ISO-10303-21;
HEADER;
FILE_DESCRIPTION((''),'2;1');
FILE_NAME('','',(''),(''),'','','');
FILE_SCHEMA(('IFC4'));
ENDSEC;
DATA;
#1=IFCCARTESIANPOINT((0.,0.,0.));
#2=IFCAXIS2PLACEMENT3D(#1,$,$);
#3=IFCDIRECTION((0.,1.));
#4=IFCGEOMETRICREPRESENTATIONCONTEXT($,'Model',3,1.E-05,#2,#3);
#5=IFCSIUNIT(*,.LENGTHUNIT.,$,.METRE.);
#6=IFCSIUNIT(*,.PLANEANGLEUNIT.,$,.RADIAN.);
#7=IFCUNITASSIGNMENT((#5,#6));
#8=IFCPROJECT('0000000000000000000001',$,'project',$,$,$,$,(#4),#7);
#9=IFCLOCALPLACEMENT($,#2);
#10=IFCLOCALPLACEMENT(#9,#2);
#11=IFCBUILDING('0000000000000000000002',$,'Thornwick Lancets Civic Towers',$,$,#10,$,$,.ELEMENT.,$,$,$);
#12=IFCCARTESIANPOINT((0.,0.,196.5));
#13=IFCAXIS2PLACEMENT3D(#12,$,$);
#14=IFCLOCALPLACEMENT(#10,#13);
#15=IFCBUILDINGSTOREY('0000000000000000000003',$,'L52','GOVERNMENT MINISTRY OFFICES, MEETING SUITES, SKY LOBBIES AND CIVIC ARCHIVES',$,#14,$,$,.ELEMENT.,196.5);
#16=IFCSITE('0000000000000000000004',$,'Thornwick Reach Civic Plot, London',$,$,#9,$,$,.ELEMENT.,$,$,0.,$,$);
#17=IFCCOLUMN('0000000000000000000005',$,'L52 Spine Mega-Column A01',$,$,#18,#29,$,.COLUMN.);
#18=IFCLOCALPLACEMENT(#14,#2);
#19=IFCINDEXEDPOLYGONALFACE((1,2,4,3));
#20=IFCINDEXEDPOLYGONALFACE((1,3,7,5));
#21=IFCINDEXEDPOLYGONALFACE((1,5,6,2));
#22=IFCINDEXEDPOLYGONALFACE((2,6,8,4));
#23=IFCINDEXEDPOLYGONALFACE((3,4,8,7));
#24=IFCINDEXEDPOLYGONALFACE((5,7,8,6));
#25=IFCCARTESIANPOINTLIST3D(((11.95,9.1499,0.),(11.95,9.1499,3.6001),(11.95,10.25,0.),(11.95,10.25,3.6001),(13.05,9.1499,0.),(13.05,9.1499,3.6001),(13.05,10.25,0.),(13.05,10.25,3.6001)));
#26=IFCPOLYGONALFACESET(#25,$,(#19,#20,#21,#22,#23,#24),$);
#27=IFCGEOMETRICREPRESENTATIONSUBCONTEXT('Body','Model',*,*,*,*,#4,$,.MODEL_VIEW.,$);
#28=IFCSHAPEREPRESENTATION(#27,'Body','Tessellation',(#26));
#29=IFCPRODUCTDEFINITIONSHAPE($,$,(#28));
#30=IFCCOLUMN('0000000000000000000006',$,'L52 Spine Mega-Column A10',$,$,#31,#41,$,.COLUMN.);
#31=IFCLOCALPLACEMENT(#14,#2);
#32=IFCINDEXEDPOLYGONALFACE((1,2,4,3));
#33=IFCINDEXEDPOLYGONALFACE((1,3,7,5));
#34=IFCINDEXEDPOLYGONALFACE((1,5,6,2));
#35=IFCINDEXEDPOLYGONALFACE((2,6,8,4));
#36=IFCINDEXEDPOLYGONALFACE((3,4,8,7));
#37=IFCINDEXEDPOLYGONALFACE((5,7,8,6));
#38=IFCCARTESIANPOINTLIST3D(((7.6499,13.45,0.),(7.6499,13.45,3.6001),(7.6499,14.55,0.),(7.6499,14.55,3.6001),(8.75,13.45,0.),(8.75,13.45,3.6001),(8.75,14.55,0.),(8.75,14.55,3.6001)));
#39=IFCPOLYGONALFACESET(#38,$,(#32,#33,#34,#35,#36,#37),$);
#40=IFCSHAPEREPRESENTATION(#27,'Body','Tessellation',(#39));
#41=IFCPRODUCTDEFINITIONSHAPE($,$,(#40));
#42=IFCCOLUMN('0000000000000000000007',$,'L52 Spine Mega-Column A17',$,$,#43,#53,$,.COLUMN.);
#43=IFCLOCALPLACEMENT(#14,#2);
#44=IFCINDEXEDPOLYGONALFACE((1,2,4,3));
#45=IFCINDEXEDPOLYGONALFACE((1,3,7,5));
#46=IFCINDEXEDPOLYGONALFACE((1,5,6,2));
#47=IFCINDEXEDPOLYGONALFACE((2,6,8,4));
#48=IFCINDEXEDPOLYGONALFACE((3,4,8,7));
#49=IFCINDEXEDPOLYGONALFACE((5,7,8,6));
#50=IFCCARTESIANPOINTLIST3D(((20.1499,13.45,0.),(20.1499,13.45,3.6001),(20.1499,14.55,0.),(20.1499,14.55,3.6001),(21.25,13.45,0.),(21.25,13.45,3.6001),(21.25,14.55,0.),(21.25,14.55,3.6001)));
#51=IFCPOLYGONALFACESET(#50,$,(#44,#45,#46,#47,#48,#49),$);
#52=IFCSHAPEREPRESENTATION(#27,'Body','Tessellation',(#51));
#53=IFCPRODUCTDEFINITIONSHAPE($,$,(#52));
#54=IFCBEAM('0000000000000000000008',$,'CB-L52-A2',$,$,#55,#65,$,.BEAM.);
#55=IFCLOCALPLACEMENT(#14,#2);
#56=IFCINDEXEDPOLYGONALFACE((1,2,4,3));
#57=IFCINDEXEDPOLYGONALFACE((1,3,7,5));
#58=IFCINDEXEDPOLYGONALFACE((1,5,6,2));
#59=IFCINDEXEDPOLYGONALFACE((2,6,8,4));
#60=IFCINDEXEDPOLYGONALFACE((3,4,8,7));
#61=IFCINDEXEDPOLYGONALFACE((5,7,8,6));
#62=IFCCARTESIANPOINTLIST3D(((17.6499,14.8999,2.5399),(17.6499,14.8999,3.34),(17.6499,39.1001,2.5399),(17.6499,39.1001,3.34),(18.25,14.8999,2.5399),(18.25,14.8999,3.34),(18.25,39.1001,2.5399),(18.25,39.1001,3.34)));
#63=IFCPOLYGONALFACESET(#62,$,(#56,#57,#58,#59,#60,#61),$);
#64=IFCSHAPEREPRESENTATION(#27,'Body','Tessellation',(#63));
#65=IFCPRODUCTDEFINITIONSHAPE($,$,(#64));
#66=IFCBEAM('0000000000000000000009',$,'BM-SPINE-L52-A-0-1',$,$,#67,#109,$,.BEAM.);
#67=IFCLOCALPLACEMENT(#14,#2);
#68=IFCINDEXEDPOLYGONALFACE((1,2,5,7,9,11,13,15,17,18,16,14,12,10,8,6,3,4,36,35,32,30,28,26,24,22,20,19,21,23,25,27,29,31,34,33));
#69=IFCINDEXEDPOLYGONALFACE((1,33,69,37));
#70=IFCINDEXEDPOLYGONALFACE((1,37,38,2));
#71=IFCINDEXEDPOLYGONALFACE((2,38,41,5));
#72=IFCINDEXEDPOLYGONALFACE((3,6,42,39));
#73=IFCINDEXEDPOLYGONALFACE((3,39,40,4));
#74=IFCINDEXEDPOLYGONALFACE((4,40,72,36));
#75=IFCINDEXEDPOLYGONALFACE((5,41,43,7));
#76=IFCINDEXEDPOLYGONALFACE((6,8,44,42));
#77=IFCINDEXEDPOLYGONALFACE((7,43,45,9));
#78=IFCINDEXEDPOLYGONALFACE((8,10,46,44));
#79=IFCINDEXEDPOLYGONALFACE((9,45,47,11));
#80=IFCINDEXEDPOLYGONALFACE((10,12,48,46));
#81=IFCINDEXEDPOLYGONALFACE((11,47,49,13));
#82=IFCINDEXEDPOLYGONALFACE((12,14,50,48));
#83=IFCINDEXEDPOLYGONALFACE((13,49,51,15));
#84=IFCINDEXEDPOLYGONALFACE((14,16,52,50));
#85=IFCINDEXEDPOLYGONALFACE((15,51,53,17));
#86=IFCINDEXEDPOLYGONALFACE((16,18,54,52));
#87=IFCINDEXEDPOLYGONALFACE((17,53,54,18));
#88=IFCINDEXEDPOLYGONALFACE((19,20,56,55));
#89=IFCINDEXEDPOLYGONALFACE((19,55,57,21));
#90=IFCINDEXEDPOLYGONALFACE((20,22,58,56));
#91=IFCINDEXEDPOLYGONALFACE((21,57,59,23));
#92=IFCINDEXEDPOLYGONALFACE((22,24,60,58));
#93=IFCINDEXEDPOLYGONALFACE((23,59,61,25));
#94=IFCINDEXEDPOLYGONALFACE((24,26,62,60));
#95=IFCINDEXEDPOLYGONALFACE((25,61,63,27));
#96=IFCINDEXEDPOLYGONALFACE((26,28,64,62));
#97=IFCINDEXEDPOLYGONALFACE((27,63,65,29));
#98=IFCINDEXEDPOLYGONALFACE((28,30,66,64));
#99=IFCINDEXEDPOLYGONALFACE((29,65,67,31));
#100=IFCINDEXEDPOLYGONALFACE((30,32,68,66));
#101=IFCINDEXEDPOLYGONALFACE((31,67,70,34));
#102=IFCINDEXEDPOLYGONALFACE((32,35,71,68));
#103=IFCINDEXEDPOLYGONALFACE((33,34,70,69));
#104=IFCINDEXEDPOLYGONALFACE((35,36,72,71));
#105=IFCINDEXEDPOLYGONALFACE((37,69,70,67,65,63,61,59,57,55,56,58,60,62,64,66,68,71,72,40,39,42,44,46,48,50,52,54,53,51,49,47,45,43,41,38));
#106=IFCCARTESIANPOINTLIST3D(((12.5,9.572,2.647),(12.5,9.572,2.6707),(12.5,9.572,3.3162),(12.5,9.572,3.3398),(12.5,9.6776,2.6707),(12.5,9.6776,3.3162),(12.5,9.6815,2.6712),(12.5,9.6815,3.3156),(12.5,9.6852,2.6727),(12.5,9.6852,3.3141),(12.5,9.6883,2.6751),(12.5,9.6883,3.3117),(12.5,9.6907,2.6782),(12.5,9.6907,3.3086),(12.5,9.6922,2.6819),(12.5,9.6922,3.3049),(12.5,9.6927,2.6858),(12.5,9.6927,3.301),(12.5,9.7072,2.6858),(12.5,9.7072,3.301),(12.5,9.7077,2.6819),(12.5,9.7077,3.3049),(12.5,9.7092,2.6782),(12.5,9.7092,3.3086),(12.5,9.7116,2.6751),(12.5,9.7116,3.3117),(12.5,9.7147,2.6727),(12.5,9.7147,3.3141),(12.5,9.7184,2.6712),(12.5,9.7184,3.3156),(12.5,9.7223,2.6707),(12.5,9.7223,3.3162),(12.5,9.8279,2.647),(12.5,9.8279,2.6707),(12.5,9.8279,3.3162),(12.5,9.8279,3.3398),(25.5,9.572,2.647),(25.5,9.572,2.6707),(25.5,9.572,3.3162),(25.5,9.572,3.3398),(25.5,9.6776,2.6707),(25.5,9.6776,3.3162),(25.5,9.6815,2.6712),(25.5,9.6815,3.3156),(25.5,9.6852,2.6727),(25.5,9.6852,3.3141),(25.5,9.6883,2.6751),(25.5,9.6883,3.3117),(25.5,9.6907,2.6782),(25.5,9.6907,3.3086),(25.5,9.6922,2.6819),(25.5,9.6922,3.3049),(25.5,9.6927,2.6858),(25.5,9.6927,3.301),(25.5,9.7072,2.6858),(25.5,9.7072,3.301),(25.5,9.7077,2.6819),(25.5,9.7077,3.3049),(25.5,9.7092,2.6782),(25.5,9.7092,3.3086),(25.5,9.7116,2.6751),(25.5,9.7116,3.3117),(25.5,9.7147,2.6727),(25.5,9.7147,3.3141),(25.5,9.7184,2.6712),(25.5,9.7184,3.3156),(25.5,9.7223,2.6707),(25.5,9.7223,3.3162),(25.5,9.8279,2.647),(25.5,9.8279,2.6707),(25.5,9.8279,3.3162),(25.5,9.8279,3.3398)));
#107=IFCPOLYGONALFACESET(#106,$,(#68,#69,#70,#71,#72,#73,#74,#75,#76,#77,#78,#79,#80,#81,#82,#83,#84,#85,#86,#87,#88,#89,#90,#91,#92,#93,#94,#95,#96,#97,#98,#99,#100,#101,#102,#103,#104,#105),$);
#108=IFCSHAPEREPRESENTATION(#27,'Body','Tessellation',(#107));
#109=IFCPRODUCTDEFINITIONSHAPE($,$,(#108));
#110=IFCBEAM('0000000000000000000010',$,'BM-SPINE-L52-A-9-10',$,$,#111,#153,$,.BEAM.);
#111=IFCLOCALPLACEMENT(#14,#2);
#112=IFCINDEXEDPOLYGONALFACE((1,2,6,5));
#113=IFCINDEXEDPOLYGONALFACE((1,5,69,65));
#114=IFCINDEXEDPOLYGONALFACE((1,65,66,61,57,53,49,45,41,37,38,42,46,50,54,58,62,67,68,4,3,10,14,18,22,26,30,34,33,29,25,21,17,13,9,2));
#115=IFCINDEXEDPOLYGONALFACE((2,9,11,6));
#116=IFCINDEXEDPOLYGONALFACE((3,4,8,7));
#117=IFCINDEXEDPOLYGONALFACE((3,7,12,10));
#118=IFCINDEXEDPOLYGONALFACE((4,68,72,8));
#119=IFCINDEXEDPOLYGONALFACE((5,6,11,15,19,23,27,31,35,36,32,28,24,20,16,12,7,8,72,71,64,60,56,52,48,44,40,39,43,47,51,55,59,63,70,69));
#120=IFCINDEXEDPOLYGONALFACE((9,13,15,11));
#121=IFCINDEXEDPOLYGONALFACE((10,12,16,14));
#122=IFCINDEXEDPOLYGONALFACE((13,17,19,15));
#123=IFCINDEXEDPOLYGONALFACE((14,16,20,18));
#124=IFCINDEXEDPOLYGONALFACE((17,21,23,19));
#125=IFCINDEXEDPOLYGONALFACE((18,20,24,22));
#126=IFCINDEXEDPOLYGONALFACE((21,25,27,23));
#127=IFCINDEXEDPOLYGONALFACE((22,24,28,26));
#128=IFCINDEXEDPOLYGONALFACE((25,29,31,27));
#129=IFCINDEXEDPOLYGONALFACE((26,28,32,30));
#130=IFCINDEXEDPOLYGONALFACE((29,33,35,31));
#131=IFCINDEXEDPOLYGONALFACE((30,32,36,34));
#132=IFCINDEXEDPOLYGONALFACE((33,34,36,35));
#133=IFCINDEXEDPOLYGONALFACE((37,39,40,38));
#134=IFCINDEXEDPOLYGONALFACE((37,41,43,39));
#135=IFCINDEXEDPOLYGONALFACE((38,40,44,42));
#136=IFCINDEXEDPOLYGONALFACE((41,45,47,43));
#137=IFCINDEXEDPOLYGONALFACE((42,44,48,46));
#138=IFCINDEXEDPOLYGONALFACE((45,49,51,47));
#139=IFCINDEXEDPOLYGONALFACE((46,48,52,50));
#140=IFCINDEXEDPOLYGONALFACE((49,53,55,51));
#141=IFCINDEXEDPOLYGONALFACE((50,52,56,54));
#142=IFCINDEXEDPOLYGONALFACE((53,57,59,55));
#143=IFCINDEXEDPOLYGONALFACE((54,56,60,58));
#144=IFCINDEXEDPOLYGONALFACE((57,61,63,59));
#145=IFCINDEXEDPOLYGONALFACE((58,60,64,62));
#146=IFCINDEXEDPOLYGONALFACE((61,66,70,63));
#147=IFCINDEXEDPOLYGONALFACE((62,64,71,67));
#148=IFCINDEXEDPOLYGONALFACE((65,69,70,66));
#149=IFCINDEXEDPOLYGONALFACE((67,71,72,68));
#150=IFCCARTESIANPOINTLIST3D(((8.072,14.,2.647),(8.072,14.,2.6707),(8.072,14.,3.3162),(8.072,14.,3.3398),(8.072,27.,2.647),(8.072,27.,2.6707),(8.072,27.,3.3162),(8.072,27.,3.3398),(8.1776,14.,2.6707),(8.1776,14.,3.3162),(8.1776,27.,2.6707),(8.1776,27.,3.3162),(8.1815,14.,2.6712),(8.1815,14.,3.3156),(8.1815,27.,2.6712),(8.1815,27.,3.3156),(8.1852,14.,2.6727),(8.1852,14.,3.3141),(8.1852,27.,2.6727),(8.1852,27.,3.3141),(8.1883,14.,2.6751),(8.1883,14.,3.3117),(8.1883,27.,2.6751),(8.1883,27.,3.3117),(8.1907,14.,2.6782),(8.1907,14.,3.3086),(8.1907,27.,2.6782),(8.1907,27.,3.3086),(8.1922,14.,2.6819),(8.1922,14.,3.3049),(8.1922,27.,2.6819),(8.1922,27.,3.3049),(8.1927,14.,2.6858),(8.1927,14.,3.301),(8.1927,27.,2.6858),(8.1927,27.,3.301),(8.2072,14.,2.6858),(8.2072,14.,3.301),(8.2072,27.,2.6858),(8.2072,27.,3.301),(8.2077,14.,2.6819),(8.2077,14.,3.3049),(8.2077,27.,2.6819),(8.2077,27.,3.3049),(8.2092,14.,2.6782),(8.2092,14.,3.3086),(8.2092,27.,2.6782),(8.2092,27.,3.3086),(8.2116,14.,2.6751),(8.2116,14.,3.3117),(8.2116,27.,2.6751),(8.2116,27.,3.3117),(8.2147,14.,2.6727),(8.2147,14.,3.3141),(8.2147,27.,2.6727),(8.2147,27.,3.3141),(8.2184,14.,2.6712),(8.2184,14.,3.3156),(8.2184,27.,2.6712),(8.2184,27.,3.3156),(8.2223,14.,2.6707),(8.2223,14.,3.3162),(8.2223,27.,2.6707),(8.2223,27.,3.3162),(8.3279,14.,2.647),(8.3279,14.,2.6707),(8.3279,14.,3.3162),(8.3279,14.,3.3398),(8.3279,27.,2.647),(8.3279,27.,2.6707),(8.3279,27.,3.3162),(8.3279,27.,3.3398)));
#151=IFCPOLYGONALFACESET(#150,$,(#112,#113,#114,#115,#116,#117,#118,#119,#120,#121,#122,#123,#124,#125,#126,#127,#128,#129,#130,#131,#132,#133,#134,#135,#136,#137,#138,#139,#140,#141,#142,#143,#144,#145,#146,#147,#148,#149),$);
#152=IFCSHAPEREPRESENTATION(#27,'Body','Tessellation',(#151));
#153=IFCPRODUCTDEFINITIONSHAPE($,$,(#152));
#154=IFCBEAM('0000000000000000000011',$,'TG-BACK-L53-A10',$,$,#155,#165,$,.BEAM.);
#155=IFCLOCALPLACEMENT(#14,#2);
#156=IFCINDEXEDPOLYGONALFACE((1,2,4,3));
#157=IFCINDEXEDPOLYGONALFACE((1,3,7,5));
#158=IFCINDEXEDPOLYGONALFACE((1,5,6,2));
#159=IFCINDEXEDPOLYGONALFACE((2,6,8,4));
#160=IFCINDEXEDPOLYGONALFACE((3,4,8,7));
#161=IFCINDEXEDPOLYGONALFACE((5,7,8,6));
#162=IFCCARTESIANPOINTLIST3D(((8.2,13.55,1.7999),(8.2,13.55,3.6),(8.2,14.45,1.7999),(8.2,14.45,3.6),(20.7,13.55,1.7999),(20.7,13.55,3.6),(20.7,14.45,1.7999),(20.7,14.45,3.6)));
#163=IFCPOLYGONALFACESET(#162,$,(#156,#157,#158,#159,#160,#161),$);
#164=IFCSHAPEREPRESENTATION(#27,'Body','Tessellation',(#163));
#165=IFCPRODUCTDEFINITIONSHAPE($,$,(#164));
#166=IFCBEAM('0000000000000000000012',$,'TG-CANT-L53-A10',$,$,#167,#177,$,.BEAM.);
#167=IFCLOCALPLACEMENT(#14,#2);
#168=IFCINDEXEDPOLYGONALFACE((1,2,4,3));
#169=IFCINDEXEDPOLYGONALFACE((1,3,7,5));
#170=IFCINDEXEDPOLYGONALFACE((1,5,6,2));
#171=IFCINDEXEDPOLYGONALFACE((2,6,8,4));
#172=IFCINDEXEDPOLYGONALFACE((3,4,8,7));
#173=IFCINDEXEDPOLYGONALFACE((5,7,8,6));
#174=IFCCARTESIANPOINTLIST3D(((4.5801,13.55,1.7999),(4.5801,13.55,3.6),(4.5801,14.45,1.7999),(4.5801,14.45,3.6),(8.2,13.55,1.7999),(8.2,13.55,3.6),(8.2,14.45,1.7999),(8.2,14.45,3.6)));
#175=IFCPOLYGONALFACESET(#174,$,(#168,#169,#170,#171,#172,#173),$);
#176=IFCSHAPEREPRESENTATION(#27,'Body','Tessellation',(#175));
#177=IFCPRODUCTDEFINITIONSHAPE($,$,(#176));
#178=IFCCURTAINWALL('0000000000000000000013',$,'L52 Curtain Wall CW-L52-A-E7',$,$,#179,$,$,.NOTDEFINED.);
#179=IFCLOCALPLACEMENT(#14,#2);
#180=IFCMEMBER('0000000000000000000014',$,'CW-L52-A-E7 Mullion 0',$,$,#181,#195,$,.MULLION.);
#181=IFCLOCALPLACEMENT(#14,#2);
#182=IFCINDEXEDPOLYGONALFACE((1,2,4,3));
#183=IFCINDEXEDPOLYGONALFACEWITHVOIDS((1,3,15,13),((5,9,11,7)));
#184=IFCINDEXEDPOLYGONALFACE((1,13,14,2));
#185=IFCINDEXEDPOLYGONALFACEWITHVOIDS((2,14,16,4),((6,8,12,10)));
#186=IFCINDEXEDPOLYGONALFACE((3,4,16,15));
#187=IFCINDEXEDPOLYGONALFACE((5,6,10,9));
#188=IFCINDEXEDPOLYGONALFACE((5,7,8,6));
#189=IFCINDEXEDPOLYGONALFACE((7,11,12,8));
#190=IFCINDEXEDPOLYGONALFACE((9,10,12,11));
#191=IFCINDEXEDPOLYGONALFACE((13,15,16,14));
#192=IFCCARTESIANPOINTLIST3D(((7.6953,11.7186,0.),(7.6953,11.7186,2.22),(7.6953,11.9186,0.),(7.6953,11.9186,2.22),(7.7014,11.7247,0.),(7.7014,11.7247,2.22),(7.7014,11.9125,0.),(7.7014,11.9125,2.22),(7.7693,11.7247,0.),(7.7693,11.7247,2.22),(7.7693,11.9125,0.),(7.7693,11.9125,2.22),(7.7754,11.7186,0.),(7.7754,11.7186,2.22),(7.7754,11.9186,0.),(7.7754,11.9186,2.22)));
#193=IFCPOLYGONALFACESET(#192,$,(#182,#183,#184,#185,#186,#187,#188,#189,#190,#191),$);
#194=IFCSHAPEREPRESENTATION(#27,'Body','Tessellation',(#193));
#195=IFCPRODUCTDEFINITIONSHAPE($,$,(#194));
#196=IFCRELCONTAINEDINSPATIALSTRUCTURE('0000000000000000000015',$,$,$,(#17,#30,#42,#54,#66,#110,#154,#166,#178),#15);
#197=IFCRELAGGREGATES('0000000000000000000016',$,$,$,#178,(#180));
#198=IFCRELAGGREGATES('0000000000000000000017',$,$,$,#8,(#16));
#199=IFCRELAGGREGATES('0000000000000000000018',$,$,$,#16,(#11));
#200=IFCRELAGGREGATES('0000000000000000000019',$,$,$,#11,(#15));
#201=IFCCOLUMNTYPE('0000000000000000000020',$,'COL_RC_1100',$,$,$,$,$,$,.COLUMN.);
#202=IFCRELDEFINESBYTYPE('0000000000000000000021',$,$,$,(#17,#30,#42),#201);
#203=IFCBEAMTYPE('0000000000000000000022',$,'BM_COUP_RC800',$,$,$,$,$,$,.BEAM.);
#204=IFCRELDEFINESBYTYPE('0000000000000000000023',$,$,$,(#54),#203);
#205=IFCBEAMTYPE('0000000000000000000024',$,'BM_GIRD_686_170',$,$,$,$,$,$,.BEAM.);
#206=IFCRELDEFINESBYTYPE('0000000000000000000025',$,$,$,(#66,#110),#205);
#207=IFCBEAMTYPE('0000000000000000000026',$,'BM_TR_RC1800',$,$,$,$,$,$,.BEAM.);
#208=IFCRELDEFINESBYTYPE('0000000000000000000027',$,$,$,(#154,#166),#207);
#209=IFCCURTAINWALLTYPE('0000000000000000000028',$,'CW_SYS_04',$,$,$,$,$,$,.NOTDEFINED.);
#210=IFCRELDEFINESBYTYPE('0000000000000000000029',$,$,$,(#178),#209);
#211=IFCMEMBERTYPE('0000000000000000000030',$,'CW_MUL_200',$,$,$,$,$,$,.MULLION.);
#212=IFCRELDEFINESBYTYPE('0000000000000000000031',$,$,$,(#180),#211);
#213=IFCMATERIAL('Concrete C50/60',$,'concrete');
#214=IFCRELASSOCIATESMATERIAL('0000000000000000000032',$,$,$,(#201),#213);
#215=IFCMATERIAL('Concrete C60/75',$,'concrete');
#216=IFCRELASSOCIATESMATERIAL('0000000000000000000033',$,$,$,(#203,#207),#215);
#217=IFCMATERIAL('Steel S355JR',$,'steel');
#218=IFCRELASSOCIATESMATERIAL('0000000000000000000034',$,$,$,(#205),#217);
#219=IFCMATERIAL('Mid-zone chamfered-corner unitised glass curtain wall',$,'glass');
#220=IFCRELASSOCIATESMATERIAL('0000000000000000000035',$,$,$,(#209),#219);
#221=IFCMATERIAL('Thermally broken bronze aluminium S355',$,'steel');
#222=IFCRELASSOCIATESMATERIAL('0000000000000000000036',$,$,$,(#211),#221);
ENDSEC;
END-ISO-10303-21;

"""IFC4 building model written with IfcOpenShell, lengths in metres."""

from ifc_helpers import new_model, si_unit, direction, frame, origin, origin_2d, place, context, subcontext, project, spatial, rectangle, hollow_rectangle, i_section, extrude, material, material_profile, profile_set, type_object, element, aggregate, save


model = new_model("IFC4")

# Units and contexts
model_context = context("Model", 3, precision=1e-05, world=origin(), true_north=direction((0.0, 1.0)))
body_context = subcontext(model_context, "Body", "Model", "MODEL_VIEW")
ifc_project = project(units=[si_unit("LENGTHUNIT", "METRE"), si_unit("PLANEANGLEUNIT", "RADIAN")], contexts=[model_context])

# Site, building, storey
site_placement = place(None, origin())
site = spatial("IfcSite", under=ifc_project, at=site_placement, Name="Thornwick Reach Civic Plot, London", CompositionType="ELEMENT", RefElevation=0.0)
building_placement = place(site_placement, origin())
building = spatial("IfcBuilding", under=site, at=building_placement, Name="Thornwick Lancets Civic Towers", CompositionType="ELEMENT")
storey_placement = place(building_placement, frame((0.0, 0.0, 196.5)))
storey = spatial("IfcBuildingStorey", under=building, at=storey_placement, Name="L52", Description="GOVERNMENT MINISTRY OFFICES, MEETING SUITES, SKY LOBBIES AND CIVIC ARCHIVES", CompositionType="ELEMENT", Elevation=196.5)

# Columns
ifc_material_1 = material(Name="Concrete C50/60", Category="concrete")
ifc_material_profile_1 = material_profile(ifc_material_1, rectangle(XDim=1.1001, YDim=1.1001, at=origin_2d()), Name="RC 1100x1100")
ifc_profile_set_1 = profile_set([ifc_material_profile_1], Name="Concrete C50/60")
column_type = type_object("IfcColumnType", Name="COL_RC_1100", PredefinedType="COLUMN", material=ifc_profile_set_1)
for number, where, z_axis, x_axis, name in (
    (1, (12.5, 9.7, 0.0), (0.0, 0.0, 1.0), (1.0, 0.0, 0.0), "L52 Spine Mega-Column A01"),
    (2, (8.2, 14.0, 0.0), (0.0, 0.0, 1.0), (1.0, 0.0, 0.0), "L52 Spine Mega-Column A10"),
    (3, (20.7, 14.0, 0.0), (0.0, 0.0, 1.0), (1.0, 0.0, 0.0), "L52 Spine Mega-Column A17"),
):
    element("IfcColumn", number, at=place(storey_placement, frame(where, z_axis=z_axis, x_axis=x_axis)), inside=storey, type_object=column_type, Name=name, PredefinedType="COLUMN", context=body_context, shape_type="SweptSolid", body=[
        extrude(rectangle(XDim=1.1001, YDim=1.1001, at=origin_2d()), origin(), (0.0, 0.0, 1.0), 3.6001),
    ])

# Beams
ifc_material_2 = material(Name="Concrete C60/75", Category="concrete")
ifc_material_profile_2 = material_profile(ifc_material_2, rectangle(XDim=0.6001, YDim=0.8, at=origin_2d()), Name="RC 600x800")
ifc_profile_set_2 = profile_set([ifc_material_profile_2], Name="Concrete C60/75")
beam_type_1 = type_object("IfcBeamType", Name="BM_COUP_RC800", PredefinedType="BEAM", material=ifc_profile_set_2)
beam_1_placement = place(storey_placement, frame((17.95, 14.8999, 2.9399), z_axis=(0.0, 1.0, 0.0), x_axis=(-1.0, 0.0, 0.0)))
element("IfcBeam", 4, at=beam_1_placement, inside=storey, type_object=beam_type_1, Name="CB-L52-A2", PredefinedType="BEAM", context=body_context, shape_type="SweptSolid", body=[
    extrude(rectangle(XDim=0.6001, YDim=0.8, at=origin_2d()), origin(), (0.0, 0.0, 1.0), 24.2002),
])
ifc_material_3 = material(Name="Steel S355JR", Category="steel")
ifc_material_profile_3 = material_profile(ifc_material_3, i_section(OverallWidth=0.2559, OverallDepth=0.6929, WebThickness=0.0144, FlangeThickness=0.0237, FilletRadius=0.0151, at=origin_2d()), Name="UKB 686x254x170")
ifc_profile_set_3 = profile_set([ifc_material_profile_3], Name="Steel S355JR")
beam_type_2 = type_object("IfcBeamType", Name="BM_GIRD_686_170", PredefinedType="BEAM", material=ifc_profile_set_3)
for number, where, z_axis, x_axis, name in (
    (5, (12.5, 9.7, 2.9934), (1.0, 0.0, 0.0), (0.0, 1.0, 0.0), "BM-SPINE-L52-A-0-1"),
    (6, (8.2, 14.0, 2.9934), (0.0, 1.0, 0.0), (-1.0, 0.0, 0.0), "BM-SPINE-L52-A-9-10"),
):
    element("IfcBeam", number, at=place(storey_placement, frame(where, z_axis=z_axis, x_axis=x_axis)), inside=storey, type_object=beam_type_2, Name=name, PredefinedType="BEAM", context=body_context, shape_type="SweptSolid", body=[
        extrude(i_section(OverallWidth=0.2559, OverallDepth=0.6929, WebThickness=0.0144, FlangeThickness=0.0237, FilletRadius=0.0151, at=origin_2d()), origin(), (0.0, 0.0, 1.0), 13.0),
    ])
ifc_material_profile_4 = material_profile(ifc_material_2, rectangle(XDim=0.8999, YDim=1.8, at=origin_2d()), Name="RC 900x1800")
ifc_profile_set_4 = profile_set([ifc_material_profile_4], Name="Concrete C60/75")
beam_type_3 = type_object("IfcBeamType", Name="BM_TR_RC1800", PredefinedType="BEAM", material=ifc_profile_set_4)
beam_2_placement = place(storey_placement, frame((20.7, 14.0, 2.7), z_axis=(-1.0, 0.0, 0.0), x_axis=(0.0, -1.0, 0.0)))
element("IfcBeam", 7, at=beam_2_placement, inside=storey, type_object=beam_type_3, Name="TG-BACK-L53-A10", PredefinedType="BEAM", context=body_context, shape_type="SweptSolid", body=[
    extrude(rectangle(XDim=0.8999, YDim=1.8, at=origin_2d()), origin(), (0.0, 0.0, 1.0), 12.5),
])
beam_3_placement = place(storey_placement, frame((8.2, 14.0, 2.7), z_axis=(-1.0, 0.0, 0.0), x_axis=(0.0, -1.0, 0.0)))
element("IfcBeam", 8, at=beam_3_placement, inside=storey, type_object=beam_type_3, Name="TG-CANT-L53-A10", PredefinedType="BEAM", context=body_context, shape_type="SweptSolid", body=[
    extrude(rectangle(XDim=0.8999, YDim=1.8, at=origin_2d()), origin(), (0.0, 0.0, 1.0), 3.6199),
])

# Curtain wall, member
ifc_material_4 = material(Name="Mid-zone chamfered-corner unitised glass curtain wall", Category="glass")
curtain_wall_type = type_object("IfcCurtainWallType", Name="CW_SYS_04", PredefinedType="NOTDEFINED", material=ifc_material_4)
curtain_wall_placement = place(storey_placement, origin())
curtain_wall = element("IfcCurtainWall", 9, at=curtain_wall_placement, inside=storey, type_object=curtain_wall_type, Name="L52 Curtain Wall CW-L52-A-E7", PredefinedType="NOTDEFINED")
ifc_material_5 = material(Name="Thermally broken bronze aluminium S355", Category="steel")
ifc_material_profile_5 = material_profile(ifc_material_5, hollow_rectangle(XDim=0.0801, YDim=0.2, WallThickness=0.0061, at=origin_2d()), Name="RHS 200x80x6")
ifc_profile_set_5 = profile_set([ifc_material_profile_5], Name="Thermally broken bronze aluminium S355")
member_type_1 = type_object("IfcMemberType", Name="CW_MUL_200", PredefinedType="MULLION", material=ifc_profile_set_5)
member_1_placement = place(storey_placement, frame((7.7354, 11.8186, 0.0), z_axis=(0.0, 0.0, 1.0), x_axis=(1.0, 0.0, 0.0)))
member_1 = element("IfcMember", 10, at=member_1_placement, type_object=member_type_1, Name="CW-L52-A-E7 Mullion 0", PredefinedType="MULLION", context=body_context, shape_type="SweptSolid", body=[
    extrude(hollow_rectangle(XDim=0.0801, YDim=0.2, WallThickness=0.0061, at=origin_2d()), origin(), (0.0, 0.0, 1.0), 2.22),
])

aggregate(curtain_wall, [member_1])

save(model, "model.ifc")
